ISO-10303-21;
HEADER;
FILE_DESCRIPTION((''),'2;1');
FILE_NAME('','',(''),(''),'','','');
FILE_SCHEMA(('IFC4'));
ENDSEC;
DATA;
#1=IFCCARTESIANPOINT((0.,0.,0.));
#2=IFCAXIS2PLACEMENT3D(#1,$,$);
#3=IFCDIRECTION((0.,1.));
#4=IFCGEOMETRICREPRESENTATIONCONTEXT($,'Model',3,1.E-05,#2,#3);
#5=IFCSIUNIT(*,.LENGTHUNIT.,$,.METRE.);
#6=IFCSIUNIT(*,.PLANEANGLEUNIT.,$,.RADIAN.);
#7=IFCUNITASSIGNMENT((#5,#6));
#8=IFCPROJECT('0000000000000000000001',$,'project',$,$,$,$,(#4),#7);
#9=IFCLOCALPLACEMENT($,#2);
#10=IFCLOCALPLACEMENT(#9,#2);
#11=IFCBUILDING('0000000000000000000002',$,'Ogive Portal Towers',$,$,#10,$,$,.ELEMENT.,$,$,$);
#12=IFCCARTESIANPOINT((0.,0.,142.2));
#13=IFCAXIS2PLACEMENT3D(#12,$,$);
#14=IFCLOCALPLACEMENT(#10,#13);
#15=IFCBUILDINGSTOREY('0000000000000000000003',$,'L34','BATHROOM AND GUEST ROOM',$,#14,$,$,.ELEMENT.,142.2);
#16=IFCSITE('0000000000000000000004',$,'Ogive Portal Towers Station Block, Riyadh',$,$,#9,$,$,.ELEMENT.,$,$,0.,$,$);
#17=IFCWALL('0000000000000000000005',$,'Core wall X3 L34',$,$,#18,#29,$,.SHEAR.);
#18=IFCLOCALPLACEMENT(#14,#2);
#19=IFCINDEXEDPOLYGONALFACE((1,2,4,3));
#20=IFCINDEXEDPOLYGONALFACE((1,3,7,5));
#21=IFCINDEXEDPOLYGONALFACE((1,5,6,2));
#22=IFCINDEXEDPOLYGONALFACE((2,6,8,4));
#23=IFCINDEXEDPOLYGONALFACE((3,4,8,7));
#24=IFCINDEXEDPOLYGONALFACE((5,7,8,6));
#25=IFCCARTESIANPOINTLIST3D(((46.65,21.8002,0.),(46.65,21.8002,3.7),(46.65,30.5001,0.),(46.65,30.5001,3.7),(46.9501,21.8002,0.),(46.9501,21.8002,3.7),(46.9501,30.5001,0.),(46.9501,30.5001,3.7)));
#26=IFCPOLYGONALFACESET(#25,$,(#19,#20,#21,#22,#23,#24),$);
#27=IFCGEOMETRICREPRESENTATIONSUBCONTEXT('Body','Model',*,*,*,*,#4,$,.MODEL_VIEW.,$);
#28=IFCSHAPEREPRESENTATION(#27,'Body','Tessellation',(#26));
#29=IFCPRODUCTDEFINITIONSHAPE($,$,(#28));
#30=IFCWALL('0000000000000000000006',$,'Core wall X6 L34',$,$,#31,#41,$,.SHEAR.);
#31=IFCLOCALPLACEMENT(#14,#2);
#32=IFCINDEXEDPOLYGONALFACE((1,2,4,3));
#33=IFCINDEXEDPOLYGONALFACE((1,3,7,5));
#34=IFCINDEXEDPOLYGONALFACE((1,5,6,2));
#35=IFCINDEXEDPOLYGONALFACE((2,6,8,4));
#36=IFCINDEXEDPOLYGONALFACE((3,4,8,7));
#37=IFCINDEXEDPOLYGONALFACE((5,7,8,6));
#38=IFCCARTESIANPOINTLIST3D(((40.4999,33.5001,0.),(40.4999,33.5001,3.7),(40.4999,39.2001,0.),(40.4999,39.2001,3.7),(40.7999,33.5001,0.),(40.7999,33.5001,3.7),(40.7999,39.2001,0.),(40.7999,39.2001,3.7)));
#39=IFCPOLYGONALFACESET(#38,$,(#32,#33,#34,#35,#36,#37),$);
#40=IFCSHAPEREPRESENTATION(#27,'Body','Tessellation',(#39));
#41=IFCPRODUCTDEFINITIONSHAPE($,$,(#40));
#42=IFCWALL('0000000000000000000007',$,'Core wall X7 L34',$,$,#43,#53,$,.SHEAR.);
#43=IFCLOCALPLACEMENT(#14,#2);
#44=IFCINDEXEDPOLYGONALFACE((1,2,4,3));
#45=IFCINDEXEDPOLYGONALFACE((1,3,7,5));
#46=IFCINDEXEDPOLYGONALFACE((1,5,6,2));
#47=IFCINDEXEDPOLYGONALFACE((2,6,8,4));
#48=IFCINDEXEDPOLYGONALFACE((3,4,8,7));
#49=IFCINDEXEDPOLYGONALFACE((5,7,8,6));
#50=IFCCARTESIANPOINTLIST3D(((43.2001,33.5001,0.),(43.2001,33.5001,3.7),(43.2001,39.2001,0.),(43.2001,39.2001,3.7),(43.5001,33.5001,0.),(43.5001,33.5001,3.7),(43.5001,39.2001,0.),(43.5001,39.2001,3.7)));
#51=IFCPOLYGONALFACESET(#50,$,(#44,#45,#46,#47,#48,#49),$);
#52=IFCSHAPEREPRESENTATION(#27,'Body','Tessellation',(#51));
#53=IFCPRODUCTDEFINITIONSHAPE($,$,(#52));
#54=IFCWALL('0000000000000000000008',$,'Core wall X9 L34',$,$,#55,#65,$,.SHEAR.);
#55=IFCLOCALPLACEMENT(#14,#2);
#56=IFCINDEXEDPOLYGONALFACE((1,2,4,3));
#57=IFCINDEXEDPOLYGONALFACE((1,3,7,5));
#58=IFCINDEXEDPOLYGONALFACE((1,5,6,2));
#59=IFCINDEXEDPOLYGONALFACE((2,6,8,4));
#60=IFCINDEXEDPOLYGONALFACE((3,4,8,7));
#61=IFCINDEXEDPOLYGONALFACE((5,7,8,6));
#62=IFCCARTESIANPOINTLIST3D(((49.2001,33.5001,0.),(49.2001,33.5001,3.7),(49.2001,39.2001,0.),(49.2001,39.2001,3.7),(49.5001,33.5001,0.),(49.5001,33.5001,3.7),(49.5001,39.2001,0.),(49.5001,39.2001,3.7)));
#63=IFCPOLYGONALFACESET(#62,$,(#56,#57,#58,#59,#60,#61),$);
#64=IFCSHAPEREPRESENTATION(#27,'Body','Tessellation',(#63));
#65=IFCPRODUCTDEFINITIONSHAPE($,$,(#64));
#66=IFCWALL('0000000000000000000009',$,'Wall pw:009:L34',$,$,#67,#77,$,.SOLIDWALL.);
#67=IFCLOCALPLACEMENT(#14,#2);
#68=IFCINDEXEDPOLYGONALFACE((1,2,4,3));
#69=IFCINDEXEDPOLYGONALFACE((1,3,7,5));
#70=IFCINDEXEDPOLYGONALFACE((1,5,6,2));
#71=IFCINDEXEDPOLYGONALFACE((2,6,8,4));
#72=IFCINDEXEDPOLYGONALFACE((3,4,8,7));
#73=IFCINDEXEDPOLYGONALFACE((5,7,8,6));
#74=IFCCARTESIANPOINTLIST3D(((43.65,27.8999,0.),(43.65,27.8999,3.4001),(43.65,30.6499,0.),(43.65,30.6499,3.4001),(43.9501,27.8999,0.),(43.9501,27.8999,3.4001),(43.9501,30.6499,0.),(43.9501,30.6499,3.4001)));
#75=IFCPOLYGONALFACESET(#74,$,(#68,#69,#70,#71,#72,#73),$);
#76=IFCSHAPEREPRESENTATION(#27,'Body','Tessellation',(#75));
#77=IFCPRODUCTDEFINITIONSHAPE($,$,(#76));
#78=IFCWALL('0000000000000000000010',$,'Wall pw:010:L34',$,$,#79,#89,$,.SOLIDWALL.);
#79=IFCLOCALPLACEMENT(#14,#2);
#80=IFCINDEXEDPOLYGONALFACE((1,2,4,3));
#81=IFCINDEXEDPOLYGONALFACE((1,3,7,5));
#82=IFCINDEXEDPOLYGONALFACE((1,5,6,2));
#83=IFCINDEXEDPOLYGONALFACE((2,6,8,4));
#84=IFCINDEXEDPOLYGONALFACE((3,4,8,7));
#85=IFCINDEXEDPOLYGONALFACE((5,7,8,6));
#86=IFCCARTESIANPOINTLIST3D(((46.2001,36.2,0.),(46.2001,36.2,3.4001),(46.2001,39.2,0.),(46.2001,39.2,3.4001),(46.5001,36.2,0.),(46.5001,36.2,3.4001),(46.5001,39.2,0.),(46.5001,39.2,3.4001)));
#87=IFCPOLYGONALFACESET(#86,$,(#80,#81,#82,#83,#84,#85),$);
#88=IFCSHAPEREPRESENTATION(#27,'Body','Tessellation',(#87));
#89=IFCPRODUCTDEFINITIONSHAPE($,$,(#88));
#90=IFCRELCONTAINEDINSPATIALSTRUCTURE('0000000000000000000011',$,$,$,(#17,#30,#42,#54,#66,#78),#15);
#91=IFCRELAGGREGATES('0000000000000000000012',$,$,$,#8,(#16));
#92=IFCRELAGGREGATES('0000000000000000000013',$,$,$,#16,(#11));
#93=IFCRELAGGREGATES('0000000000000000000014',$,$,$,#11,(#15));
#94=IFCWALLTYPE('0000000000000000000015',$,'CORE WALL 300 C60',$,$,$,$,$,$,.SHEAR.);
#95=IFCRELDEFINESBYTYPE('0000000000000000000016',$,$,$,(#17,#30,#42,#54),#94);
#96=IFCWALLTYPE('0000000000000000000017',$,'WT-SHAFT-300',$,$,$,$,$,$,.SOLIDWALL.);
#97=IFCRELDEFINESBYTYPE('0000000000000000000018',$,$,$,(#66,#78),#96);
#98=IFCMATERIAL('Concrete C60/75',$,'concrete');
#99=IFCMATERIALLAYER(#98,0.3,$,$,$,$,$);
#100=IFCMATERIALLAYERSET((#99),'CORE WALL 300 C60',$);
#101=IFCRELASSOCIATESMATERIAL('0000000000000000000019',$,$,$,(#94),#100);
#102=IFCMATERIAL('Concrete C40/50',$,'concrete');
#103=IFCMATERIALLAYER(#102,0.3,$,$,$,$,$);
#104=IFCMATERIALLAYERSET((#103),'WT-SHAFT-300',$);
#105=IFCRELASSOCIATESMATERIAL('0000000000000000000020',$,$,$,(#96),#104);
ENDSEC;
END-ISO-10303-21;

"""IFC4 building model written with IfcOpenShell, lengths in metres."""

from ifc_helpers import new_model, si_unit, direction, frame, frame_2d, origin, place, context, subcontext, project, spatial, rectangle, extrude, material, layer, layer_set, type_object, element, save


model = new_model("IFC4")

# Units and contexts
model_context = context("Model", 3, precision=1e-05, world=origin(), true_north=direction((0.0, 1.0)))
body_context = subcontext(model_context, "Body", "Model", "MODEL_VIEW")
ifc_project = project(units=[si_unit("LENGTHUNIT", "METRE"), si_unit("PLANEANGLEUNIT", "RADIAN")], contexts=[model_context])

# Site, building, storey
site_placement = place(None, origin())
site = spatial("IfcSite", under=ifc_project, at=site_placement, Name="Ogive Portal Towers Station Block, Riyadh", CompositionType="ELEMENT", RefElevation=0.0)
building_placement = place(site_placement, origin())
building = spatial("IfcBuilding", under=site, at=building_placement, Name="Ogive Portal Towers", CompositionType="ELEMENT")
storey_placement = place(building_placement, frame((0.0, 0.0, 142.2)))
storey = spatial("IfcBuildingStorey", under=building, at=storey_placement, Name="L34", Description="BATHROOM AND GUEST ROOM", CompositionType="ELEMENT", Elevation=142.2)

# Wall
ifc_material_1 = material(Name="Concrete C60/75", Category="concrete")
ifc_layer_1 = layer(ifc_material_1, 0.3)
ifc_layer_set_1 = layer_set([ifc_layer_1], Name="CORE WALL 300 C60")
wall_type_1 = type_object("IfcWallType", Name="CORE WALL 300 C60", PredefinedType="SHEAR", material=ifc_layer_set_1)
wall_1_placement = place(storey_placement, frame((46.8, 21.8, 0.0), z_axis=(0.0, 0.0, 1.0), x_axis=(0.0, 1.0, 0.0)))
element("IfcWall", 1, at=wall_1_placement, inside=storey, type_object=wall_type_1, Name="Core wall X3 L34", PredefinedType="SHEAR", context=body_context, shape_type="SweptSolid", body=[
    extrude(rectangle(XDim=8.7, YDim=0.3, at=frame_2d((4.3501, 0.0))), origin(), (0.0, 0.0, 1.0), 3.7),
])

# Walls
for number, where, z_axis, x_axis, name in (
    (2, (40.6499, 33.5, 0.0), (0.0, 0.0, 1.0), (0.0, 1.0, 0.0), "Core wall X6 L34"),
    (3, (43.3501, 33.5, 0.0), (0.0, 0.0, 1.0), (0.0, 1.0, 0.0), "Core wall X7 L34"),
    (4, (49.3501, 33.5, 0.0), (0.0, 0.0, 1.0), (0.0, 1.0, 0.0), "Core wall X9 L34"),
):
    element("IfcWall", number, at=place(storey_placement, frame(where, z_axis=z_axis, x_axis=x_axis)), inside=storey, type_object=wall_type_1, Name=name, PredefinedType="SHEAR", context=body_context, shape_type="SweptSolid", body=[
        extrude(rectangle(XDim=5.7, YDim=0.3, at=frame_2d((2.8501, 0.0))), origin(), (0.0, 0.0, 1.0), 3.7),
    ])

# Shared definitions
ifc_material_2 = material(Name="Concrete C40/50", Category="concrete")
ifc_layer_2 = layer(ifc_material_2, 0.3)
ifc_layer_set_2 = layer_set([ifc_layer_2], Name="WT-SHAFT-300")
wall_type_2 = type_object("IfcWallType", Name="WT-SHAFT-300", PredefinedType="SOLIDWALL", material=ifc_layer_set_2)

# Walls
wall_2_placement = place(storey_placement, frame((43.8, 27.8999, 0.0), z_axis=(0.0, 0.0, 1.0), x_axis=(0.0, 1.0, 0.0)))
element("IfcWall", 5, at=wall_2_placement, inside=storey, type_object=wall_type_2, Name="Wall pw:009:L34", PredefinedType="SOLIDWALL", context=body_context, shape_type="SweptSolid", body=[
    extrude(rectangle(XDim=2.75, YDim=0.3, at=frame_2d((1.375, 0.0))), origin(), (0.0, 0.0, 1.0), 3.4001),
])
wall_3_placement = place(storey_placement, frame((46.3501, 36.2, 0.0), z_axis=(0.0, 0.0, 1.0), x_axis=(0.0, 1.0, 0.0)))
element("IfcWall", 6, at=wall_3_placement, inside=storey, type_object=wall_type_2, Name="Wall pw:010:L34", PredefinedType="SOLIDWALL", context=body_context, shape_type="SweptSolid", body=[
    extrude(rectangle(XDim=3.0, YDim=0.3, at=frame_2d((1.5, 0.0))), origin(), (0.0, 0.0, 1.0), 3.4001),
])

save(model, "model.ifc")
